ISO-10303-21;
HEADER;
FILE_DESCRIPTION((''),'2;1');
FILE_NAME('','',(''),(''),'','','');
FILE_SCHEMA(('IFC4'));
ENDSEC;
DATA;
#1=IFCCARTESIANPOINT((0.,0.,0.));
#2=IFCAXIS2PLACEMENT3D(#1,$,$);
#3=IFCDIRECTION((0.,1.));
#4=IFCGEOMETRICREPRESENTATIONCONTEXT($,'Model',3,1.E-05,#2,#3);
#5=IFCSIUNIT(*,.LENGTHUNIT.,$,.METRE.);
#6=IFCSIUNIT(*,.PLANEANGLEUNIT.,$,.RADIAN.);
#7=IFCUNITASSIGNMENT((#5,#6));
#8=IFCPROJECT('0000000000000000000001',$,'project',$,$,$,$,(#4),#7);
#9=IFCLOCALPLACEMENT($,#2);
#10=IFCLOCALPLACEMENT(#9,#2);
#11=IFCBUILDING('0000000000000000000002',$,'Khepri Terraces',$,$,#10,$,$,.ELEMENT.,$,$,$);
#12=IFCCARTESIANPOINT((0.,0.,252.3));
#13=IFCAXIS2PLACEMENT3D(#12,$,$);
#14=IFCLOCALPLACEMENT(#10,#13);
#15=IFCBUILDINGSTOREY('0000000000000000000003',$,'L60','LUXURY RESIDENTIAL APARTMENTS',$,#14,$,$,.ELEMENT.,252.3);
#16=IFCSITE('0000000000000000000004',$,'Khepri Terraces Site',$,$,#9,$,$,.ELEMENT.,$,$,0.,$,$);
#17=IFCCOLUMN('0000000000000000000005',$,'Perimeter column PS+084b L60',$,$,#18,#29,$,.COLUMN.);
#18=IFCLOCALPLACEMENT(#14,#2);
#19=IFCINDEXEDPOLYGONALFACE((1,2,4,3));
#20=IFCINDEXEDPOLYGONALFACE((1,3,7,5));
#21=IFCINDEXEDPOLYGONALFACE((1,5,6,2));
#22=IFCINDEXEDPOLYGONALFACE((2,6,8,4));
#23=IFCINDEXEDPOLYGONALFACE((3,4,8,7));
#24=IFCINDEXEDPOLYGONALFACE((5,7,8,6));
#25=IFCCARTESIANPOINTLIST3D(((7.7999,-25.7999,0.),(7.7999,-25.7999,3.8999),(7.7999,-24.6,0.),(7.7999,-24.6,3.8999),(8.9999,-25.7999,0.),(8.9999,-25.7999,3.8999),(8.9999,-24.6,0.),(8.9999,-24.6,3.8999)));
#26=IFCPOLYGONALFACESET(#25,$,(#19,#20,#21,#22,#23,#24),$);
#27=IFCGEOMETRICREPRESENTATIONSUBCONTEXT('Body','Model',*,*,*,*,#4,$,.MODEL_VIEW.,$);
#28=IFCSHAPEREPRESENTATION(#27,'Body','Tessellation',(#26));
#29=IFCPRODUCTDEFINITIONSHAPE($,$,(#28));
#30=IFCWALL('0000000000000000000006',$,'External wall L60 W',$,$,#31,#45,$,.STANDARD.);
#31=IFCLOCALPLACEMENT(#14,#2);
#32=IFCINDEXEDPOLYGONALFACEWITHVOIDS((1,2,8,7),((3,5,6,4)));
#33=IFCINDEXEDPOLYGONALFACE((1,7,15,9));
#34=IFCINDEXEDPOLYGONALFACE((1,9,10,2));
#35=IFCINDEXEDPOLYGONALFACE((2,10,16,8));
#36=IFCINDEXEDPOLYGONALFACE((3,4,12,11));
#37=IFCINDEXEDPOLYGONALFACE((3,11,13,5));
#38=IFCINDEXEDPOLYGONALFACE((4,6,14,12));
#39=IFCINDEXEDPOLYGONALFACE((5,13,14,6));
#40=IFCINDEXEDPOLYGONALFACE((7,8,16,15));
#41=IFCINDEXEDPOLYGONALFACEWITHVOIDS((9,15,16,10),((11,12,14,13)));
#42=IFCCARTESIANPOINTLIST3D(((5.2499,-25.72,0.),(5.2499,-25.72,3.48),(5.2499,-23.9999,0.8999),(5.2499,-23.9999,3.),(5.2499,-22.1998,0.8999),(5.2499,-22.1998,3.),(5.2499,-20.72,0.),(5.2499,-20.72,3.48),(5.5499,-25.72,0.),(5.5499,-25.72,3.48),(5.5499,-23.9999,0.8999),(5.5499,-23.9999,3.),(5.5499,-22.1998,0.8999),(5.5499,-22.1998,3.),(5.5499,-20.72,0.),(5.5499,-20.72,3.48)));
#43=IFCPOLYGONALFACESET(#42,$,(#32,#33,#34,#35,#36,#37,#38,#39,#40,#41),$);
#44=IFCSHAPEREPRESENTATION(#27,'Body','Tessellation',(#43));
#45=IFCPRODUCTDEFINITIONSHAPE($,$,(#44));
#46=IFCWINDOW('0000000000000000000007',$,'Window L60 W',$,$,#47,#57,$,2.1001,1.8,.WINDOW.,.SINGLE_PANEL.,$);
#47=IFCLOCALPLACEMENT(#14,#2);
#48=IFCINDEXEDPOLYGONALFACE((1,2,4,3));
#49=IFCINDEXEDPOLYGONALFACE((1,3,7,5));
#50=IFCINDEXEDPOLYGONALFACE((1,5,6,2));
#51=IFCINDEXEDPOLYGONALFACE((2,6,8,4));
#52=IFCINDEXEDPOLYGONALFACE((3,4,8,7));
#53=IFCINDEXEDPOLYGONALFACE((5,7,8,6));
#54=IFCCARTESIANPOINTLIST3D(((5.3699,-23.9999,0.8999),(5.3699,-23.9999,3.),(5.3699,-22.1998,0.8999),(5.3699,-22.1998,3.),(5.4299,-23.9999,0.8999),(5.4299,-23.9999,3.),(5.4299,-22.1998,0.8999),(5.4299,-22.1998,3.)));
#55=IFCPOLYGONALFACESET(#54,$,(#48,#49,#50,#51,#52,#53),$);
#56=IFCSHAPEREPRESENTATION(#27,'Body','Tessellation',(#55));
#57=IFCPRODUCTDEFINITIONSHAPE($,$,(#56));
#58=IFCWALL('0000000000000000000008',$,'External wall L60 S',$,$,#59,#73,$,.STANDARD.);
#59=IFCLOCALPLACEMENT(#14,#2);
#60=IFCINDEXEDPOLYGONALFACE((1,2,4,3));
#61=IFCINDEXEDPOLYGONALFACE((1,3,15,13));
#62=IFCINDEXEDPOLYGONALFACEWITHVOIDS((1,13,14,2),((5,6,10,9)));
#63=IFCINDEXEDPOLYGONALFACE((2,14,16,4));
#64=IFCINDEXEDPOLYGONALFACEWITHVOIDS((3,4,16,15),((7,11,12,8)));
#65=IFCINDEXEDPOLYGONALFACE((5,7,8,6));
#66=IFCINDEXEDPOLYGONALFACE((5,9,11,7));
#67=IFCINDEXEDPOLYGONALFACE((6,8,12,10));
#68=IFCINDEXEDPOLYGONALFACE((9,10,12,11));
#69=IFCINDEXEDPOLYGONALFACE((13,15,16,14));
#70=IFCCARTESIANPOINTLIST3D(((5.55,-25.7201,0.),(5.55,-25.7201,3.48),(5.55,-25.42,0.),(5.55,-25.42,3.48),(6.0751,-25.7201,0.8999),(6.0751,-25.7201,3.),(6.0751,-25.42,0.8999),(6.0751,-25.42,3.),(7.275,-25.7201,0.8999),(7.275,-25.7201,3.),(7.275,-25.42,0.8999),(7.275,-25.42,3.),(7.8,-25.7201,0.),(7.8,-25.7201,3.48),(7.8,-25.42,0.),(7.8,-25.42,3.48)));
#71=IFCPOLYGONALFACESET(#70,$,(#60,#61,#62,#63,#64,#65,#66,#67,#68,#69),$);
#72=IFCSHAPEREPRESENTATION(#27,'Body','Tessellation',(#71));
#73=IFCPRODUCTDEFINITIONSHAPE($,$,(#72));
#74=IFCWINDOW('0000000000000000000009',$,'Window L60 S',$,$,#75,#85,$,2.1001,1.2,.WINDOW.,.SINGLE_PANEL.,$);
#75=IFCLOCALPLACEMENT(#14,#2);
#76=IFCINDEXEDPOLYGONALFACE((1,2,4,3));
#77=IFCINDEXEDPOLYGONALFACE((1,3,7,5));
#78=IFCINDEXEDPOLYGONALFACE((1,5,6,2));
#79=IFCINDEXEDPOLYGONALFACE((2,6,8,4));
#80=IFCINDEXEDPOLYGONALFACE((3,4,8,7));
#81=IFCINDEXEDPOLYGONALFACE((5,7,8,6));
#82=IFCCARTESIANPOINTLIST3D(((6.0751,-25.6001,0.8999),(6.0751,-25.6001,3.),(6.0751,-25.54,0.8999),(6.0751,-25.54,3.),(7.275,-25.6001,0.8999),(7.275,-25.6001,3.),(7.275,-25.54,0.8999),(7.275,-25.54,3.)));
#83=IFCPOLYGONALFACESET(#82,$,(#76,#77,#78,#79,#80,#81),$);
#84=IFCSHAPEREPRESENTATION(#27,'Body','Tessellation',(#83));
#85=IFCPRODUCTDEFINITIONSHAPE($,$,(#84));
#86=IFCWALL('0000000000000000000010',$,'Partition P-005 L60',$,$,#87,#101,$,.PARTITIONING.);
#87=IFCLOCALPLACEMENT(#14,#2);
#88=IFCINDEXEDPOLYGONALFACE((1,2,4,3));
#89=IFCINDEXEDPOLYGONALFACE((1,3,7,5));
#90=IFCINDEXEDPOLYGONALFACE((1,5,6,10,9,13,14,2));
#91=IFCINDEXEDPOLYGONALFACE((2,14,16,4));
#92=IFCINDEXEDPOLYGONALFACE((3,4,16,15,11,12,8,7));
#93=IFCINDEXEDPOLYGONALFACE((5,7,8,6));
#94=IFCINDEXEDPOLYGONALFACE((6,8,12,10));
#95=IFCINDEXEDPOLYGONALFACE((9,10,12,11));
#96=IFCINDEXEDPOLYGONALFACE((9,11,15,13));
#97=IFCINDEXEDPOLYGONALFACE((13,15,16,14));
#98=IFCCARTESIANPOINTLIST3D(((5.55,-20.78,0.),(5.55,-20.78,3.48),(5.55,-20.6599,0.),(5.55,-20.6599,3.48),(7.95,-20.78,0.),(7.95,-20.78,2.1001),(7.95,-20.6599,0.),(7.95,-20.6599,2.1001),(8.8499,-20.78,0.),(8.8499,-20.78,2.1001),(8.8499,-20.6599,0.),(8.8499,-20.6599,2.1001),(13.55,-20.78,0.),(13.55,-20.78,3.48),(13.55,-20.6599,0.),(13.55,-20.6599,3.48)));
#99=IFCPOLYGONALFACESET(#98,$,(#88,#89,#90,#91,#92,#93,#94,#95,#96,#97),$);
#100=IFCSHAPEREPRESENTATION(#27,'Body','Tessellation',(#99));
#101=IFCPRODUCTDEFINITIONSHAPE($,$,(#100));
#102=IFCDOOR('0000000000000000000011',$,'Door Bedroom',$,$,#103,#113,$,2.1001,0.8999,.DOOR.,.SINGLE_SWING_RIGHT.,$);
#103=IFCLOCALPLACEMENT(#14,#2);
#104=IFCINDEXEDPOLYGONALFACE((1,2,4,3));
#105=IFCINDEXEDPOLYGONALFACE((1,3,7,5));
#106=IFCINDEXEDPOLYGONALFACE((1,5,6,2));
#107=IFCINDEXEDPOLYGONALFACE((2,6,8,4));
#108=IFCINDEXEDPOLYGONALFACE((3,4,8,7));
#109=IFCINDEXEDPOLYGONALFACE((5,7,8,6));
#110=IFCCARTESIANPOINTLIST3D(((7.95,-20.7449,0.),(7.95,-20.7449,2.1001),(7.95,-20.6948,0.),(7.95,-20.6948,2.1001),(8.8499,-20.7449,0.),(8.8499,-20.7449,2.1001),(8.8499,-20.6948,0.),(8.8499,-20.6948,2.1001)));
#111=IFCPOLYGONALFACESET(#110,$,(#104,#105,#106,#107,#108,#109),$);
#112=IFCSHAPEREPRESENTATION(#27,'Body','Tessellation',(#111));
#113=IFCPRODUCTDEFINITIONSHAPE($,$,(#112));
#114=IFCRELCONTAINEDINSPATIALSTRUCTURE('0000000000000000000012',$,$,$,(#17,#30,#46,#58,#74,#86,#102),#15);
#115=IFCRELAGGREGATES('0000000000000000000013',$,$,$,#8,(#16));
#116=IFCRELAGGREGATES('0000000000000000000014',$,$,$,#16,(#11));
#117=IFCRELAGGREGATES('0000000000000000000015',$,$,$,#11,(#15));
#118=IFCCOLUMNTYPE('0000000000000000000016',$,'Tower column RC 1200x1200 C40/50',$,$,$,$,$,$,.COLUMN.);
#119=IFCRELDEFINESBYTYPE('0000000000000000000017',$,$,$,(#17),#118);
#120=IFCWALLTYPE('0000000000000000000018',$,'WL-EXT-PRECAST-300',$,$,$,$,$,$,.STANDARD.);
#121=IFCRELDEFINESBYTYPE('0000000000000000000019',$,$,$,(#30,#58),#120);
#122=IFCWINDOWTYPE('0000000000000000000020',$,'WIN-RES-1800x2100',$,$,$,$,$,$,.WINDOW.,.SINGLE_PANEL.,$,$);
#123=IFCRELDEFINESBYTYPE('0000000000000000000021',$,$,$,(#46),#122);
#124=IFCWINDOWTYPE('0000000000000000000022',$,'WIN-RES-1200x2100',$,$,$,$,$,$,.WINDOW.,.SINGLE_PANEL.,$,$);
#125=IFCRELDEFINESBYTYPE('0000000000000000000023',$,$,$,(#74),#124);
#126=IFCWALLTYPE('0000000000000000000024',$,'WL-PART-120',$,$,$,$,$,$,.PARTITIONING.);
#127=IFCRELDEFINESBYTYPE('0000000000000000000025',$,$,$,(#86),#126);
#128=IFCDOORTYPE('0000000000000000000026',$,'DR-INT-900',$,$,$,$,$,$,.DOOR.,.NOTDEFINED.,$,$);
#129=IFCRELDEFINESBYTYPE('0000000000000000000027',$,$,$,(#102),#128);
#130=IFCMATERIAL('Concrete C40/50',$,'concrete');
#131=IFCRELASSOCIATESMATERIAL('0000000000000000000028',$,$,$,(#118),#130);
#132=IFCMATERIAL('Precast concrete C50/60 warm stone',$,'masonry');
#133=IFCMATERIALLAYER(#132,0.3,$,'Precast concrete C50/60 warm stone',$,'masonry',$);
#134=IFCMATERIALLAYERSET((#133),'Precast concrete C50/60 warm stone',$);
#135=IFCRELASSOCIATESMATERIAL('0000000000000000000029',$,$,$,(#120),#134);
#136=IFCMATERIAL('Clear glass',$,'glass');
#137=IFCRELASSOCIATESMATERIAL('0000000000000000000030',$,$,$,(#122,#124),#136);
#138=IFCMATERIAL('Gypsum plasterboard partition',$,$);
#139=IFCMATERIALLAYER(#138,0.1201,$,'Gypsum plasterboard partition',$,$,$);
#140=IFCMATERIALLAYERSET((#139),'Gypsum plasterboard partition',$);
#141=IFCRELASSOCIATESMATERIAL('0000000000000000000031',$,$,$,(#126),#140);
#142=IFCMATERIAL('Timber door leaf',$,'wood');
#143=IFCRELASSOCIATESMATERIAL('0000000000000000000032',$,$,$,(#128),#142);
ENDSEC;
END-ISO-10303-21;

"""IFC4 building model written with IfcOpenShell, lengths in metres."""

from ifc_helpers import new_model, si_unit, direction, frame, frame_2d, origin, origin_2d, place, context, subcontext, project, spatial, rectangle, extrude, material, layer, layer_set, material_profile, profile_set, type_object, element, fill, save


model = new_model("IFC4")

# Units and contexts
model_context = context("Model", 3, precision=1e-05, world=origin(), true_north=direction((0.0, 1.0)))
body_context = subcontext(model_context, "Body", "Model", "MODEL_VIEW")
ifc_project = project(units=[si_unit("LENGTHUNIT", "METRE"), si_unit("PLANEANGLEUNIT", "RADIAN")], contexts=[model_context])

# Site, building, storey
site_placement = place(None, origin())
site = spatial("IfcSite", under=ifc_project, at=site_placement, Name="Khepri Terraces Site", CompositionType="ELEMENT", RefElevation=0.0)
building_placement = place(site_placement, origin())
building = spatial("IfcBuilding", under=site, at=building_placement, Name="Khepri Terraces", CompositionType="ELEMENT")
storey_placement = place(building_placement, frame((0.0, 0.0, 252.3)))
storey = spatial("IfcBuildingStorey", under=building, at=storey_placement, Name="L60", Description="LUXURY RESIDENTIAL APARTMENTS", CompositionType="ELEMENT", Elevation=252.3)

# Column
ifc_material_1 = material(Name="Concrete C40/50", Category="concrete")
ifc_material_profile = material_profile(ifc_material_1, rectangle(XDim=1.2, YDim=1.2, at=origin_2d()), Name="Concrete C40/50", Category="concrete")
ifc_profile_set = profile_set([ifc_material_profile], Name="Concrete C40/50")
column_type = type_object("IfcColumnType", Name="Tower column RC 1200x1200 C40/50", PredefinedType="COLUMN", material=ifc_profile_set)
column_placement = place(storey_placement, frame((8.3999, -25.2, 0.0), z_axis=(0.0, 0.0, 1.0), x_axis=(1.0, 0.0, 0.0)))
element("IfcColumn", 1, at=column_placement, inside=storey, type_object=column_type, Name="Perimeter column PS+084b L60", PredefinedType="COLUMN", context=body_context, shape_type="SweptSolid", body=[
    extrude(rectangle(XDim=1.2, YDim=1.2, at=origin_2d()), origin(), (0.0, 0.0, 1.0), 3.8999),
])

# Walls, openings, windows
ifc_material_2 = material(Name="Precast concrete C50/60 warm stone", Category="masonry")
ifc_layer_1 = layer(ifc_material_2, 0.3, Name="Precast concrete C50/60 warm stone", Category="masonry")
ifc_layer_set_1 = layer_set([ifc_layer_1], Name="Precast concrete C50/60 warm stone")
wall_type_1 = type_object("IfcWallType", Name="WL-EXT-PRECAST-300", PredefinedType="STANDARD", material=ifc_layer_set_1)
wall_1_placement = place(storey_placement, frame((5.3999, -20.72, 0.0), z_axis=(0.0, 0.0, 1.0), x_axis=(0.0, -1.0, 0.0)))
wall_1 = element("IfcWall", 2, at=wall_1_placement, inside=storey, type_object=wall_type_1, Name="External wall L60 W", PredefinedType="STANDARD", context=body_context, shape_type="SweptSolid", body=[
    extrude(rectangle(XDim=5.0, YDim=0.3, at=frame_2d((2.5, 0.0))), origin(), (0.0, 0.0, 1.0), 3.48),
])
opening_1_placement = place(wall_1_placement, frame((1.48, 0.0, 0.8999)))
opening_1 = element("IfcOpeningElement", 3, at=opening_1_placement, cuts=wall_1, PredefinedType="OPENING", context=body_context, shape_type="SweptSolid", body=[
    extrude(rectangle(XDim=1.8, YDim=2.1001, at=frame_2d((0.8999, 1.05))), frame((0.0, 0.1602, 0.0), z_axis=(0.0, -1.0, 0.0), x_axis=(1.0, 0.0, 0.0)), (0.0, 0.0, 1.0), 0.3201),
])
ifc_material_3 = material(Name="Clear glass", Category="glass")
window_type_1 = type_object("IfcWindowType", Name="WIN-RES-1800x2100", PartitioningType="SINGLE_PANEL", PredefinedType="WINDOW", material=ifc_material_3)
window_1_placement = place(opening_1_placement, origin())
window_1 = element("IfcWindow", 4, at=window_1_placement, inside=storey, type_object=window_type_1, Name="Window L60 W", OverallHeight=2.1001, OverallWidth=1.8, PartitioningType="SINGLE_PANEL", PredefinedType="WINDOW", context=body_context, shape_type="SweptSolid", body=[
    extrude(rectangle(XDim=1.8, YDim=2.1001, at=frame_2d((0.8999, 1.05))), frame((0.0, 0.03, 0.0), z_axis=(0.0, -1.0, 0.0), x_axis=(1.0, 0.0, 0.0)), (0.0, 0.0, 1.0), 0.0601),
])
fill(opening_1, window_1)
wall_2_placement = place(storey_placement, frame((5.55, -25.5701, 0.0), z_axis=(0.0, 0.0, 1.0), x_axis=(1.0, 0.0, 0.0)))
wall_2 = element("IfcWall", 5, at=wall_2_placement, inside=storey, type_object=wall_type_1, Name="External wall L60 S", PredefinedType="STANDARD", context=body_context, shape_type="SweptSolid", body=[
    extrude(rectangle(XDim=2.25, YDim=0.3, at=frame_2d((1.125, 0.0))), origin(), (0.0, 0.0, 1.0), 3.48),
])
opening_2_placement = place(wall_2_placement, frame((0.5249, 0.0, 0.8999)))
opening_2 = element("IfcOpeningElement", 6, at=opening_2_placement, cuts=wall_2, PredefinedType="OPENING", context=body_context, shape_type="SweptSolid", body=[
    extrude(rectangle(XDim=1.2, YDim=2.1001, at=frame_2d((0.6001, 1.05))), frame((0.0, 0.1602, 0.0), z_axis=(0.0, -1.0, 0.0), x_axis=(1.0, 0.0, 0.0)), (0.0, 0.0, 1.0), 0.3201),
])
window_type_2 = type_object("IfcWindowType", Name="WIN-RES-1200x2100", PartitioningType="SINGLE_PANEL", PredefinedType="WINDOW", material=ifc_material_3)
window_2_placement = place(opening_2_placement, origin())
window_2 = element("IfcWindow", 7, at=window_2_placement, inside=storey, type_object=window_type_2, Name="Window L60 S", OverallHeight=2.1001, OverallWidth=1.2, PartitioningType="SINGLE_PANEL", PredefinedType="WINDOW", context=body_context, shape_type="SweptSolid", body=[
    extrude(rectangle(XDim=1.2, YDim=2.1001, at=frame_2d((0.6001, 1.05))), frame((0.0, 0.03, 0.0), z_axis=(0.0, -1.0, 0.0), x_axis=(1.0, 0.0, 0.0)), (0.0, 0.0, 1.0), 0.0601),
])
fill(opening_2, window_2)

# Wall, opening, door
ifc_material_4 = material(Name="Gypsum plasterboard partition")
ifc_layer_2 = layer(ifc_material_4, 0.1201, Name="Gypsum plasterboard partition")
ifc_layer_set_2 = layer_set([ifc_layer_2], Name="Gypsum plasterboard partition")
wall_type_2 = type_object("IfcWallType", Name="WL-PART-120", PredefinedType="PARTITIONING", material=ifc_layer_set_2)
wall_3_placement = place(storey_placement, frame((5.55, -20.72, 0.0), z_axis=(0.0, 0.0, 1.0), x_axis=(1.0, 0.0, 0.0)))
wall_3 = element("IfcWall", 8, at=wall_3_placement, inside=storey, type_object=wall_type_2, Name="Partition P-005 L60", PredefinedType="PARTITIONING", context=body_context, shape_type="SweptSolid", body=[
    extrude(rectangle(XDim=8.0, YDim=0.1201, at=frame_2d((4.0, 0.0))), origin(), (0.0, 0.0, 1.0), 3.48),
])
opening_3_placement = place(wall_3_placement, frame((2.3999, 0.0, 0.0)))
opening_3 = element("IfcOpeningElement", 9, at=opening_3_placement, cuts=wall_3, PredefinedType="OPENING", context=body_context, shape_type="SweptSolid", body=[
    extrude(rectangle(XDim=0.8999, YDim=2.1001, at=frame_2d((0.45, 1.05))), frame((0.0, 0.0701, 0.0), z_axis=(0.0, -1.0, 0.0), x_axis=(1.0, 0.0, 0.0)), (0.0, 0.0, 1.0), 0.1401),
])
ifc_material_5 = material(Name="Timber door leaf", Category="wood")
door_type_1 = type_object("IfcDoorType", Name="DR-INT-900", OperationType="NOTDEFINED", PredefinedType="DOOR", material=ifc_material_5)
door_1_placement = place(opening_3_placement, frame((0.8999, 0.0, 0.0), z_axis=(0.0, 0.0, 1.0), x_axis=(-1.0, 0.0, 0.0)))
door_1 = element("IfcDoor", 10, at=door_1_placement, inside=storey, type_object=door_type_1, Name="Door Bedroom", OperationType="SINGLE_SWING_RIGHT", OverallHeight=2.1001, OverallWidth=0.8999, PredefinedType="DOOR", context=body_context, shape_type="SweptSolid", body=[
    extrude(rectangle(XDim=0.8999, YDim=2.1001, at=frame_2d((0.45, 1.05))), frame((0.0, 0.0249, 0.0), z_axis=(0.0, -1.0, 0.0), x_axis=(1.0, 0.0, 0.0)), (0.0, 0.0, 1.0), 0.05),
])
fill(opening_3, door_1)

save(model, "model.ifc")
